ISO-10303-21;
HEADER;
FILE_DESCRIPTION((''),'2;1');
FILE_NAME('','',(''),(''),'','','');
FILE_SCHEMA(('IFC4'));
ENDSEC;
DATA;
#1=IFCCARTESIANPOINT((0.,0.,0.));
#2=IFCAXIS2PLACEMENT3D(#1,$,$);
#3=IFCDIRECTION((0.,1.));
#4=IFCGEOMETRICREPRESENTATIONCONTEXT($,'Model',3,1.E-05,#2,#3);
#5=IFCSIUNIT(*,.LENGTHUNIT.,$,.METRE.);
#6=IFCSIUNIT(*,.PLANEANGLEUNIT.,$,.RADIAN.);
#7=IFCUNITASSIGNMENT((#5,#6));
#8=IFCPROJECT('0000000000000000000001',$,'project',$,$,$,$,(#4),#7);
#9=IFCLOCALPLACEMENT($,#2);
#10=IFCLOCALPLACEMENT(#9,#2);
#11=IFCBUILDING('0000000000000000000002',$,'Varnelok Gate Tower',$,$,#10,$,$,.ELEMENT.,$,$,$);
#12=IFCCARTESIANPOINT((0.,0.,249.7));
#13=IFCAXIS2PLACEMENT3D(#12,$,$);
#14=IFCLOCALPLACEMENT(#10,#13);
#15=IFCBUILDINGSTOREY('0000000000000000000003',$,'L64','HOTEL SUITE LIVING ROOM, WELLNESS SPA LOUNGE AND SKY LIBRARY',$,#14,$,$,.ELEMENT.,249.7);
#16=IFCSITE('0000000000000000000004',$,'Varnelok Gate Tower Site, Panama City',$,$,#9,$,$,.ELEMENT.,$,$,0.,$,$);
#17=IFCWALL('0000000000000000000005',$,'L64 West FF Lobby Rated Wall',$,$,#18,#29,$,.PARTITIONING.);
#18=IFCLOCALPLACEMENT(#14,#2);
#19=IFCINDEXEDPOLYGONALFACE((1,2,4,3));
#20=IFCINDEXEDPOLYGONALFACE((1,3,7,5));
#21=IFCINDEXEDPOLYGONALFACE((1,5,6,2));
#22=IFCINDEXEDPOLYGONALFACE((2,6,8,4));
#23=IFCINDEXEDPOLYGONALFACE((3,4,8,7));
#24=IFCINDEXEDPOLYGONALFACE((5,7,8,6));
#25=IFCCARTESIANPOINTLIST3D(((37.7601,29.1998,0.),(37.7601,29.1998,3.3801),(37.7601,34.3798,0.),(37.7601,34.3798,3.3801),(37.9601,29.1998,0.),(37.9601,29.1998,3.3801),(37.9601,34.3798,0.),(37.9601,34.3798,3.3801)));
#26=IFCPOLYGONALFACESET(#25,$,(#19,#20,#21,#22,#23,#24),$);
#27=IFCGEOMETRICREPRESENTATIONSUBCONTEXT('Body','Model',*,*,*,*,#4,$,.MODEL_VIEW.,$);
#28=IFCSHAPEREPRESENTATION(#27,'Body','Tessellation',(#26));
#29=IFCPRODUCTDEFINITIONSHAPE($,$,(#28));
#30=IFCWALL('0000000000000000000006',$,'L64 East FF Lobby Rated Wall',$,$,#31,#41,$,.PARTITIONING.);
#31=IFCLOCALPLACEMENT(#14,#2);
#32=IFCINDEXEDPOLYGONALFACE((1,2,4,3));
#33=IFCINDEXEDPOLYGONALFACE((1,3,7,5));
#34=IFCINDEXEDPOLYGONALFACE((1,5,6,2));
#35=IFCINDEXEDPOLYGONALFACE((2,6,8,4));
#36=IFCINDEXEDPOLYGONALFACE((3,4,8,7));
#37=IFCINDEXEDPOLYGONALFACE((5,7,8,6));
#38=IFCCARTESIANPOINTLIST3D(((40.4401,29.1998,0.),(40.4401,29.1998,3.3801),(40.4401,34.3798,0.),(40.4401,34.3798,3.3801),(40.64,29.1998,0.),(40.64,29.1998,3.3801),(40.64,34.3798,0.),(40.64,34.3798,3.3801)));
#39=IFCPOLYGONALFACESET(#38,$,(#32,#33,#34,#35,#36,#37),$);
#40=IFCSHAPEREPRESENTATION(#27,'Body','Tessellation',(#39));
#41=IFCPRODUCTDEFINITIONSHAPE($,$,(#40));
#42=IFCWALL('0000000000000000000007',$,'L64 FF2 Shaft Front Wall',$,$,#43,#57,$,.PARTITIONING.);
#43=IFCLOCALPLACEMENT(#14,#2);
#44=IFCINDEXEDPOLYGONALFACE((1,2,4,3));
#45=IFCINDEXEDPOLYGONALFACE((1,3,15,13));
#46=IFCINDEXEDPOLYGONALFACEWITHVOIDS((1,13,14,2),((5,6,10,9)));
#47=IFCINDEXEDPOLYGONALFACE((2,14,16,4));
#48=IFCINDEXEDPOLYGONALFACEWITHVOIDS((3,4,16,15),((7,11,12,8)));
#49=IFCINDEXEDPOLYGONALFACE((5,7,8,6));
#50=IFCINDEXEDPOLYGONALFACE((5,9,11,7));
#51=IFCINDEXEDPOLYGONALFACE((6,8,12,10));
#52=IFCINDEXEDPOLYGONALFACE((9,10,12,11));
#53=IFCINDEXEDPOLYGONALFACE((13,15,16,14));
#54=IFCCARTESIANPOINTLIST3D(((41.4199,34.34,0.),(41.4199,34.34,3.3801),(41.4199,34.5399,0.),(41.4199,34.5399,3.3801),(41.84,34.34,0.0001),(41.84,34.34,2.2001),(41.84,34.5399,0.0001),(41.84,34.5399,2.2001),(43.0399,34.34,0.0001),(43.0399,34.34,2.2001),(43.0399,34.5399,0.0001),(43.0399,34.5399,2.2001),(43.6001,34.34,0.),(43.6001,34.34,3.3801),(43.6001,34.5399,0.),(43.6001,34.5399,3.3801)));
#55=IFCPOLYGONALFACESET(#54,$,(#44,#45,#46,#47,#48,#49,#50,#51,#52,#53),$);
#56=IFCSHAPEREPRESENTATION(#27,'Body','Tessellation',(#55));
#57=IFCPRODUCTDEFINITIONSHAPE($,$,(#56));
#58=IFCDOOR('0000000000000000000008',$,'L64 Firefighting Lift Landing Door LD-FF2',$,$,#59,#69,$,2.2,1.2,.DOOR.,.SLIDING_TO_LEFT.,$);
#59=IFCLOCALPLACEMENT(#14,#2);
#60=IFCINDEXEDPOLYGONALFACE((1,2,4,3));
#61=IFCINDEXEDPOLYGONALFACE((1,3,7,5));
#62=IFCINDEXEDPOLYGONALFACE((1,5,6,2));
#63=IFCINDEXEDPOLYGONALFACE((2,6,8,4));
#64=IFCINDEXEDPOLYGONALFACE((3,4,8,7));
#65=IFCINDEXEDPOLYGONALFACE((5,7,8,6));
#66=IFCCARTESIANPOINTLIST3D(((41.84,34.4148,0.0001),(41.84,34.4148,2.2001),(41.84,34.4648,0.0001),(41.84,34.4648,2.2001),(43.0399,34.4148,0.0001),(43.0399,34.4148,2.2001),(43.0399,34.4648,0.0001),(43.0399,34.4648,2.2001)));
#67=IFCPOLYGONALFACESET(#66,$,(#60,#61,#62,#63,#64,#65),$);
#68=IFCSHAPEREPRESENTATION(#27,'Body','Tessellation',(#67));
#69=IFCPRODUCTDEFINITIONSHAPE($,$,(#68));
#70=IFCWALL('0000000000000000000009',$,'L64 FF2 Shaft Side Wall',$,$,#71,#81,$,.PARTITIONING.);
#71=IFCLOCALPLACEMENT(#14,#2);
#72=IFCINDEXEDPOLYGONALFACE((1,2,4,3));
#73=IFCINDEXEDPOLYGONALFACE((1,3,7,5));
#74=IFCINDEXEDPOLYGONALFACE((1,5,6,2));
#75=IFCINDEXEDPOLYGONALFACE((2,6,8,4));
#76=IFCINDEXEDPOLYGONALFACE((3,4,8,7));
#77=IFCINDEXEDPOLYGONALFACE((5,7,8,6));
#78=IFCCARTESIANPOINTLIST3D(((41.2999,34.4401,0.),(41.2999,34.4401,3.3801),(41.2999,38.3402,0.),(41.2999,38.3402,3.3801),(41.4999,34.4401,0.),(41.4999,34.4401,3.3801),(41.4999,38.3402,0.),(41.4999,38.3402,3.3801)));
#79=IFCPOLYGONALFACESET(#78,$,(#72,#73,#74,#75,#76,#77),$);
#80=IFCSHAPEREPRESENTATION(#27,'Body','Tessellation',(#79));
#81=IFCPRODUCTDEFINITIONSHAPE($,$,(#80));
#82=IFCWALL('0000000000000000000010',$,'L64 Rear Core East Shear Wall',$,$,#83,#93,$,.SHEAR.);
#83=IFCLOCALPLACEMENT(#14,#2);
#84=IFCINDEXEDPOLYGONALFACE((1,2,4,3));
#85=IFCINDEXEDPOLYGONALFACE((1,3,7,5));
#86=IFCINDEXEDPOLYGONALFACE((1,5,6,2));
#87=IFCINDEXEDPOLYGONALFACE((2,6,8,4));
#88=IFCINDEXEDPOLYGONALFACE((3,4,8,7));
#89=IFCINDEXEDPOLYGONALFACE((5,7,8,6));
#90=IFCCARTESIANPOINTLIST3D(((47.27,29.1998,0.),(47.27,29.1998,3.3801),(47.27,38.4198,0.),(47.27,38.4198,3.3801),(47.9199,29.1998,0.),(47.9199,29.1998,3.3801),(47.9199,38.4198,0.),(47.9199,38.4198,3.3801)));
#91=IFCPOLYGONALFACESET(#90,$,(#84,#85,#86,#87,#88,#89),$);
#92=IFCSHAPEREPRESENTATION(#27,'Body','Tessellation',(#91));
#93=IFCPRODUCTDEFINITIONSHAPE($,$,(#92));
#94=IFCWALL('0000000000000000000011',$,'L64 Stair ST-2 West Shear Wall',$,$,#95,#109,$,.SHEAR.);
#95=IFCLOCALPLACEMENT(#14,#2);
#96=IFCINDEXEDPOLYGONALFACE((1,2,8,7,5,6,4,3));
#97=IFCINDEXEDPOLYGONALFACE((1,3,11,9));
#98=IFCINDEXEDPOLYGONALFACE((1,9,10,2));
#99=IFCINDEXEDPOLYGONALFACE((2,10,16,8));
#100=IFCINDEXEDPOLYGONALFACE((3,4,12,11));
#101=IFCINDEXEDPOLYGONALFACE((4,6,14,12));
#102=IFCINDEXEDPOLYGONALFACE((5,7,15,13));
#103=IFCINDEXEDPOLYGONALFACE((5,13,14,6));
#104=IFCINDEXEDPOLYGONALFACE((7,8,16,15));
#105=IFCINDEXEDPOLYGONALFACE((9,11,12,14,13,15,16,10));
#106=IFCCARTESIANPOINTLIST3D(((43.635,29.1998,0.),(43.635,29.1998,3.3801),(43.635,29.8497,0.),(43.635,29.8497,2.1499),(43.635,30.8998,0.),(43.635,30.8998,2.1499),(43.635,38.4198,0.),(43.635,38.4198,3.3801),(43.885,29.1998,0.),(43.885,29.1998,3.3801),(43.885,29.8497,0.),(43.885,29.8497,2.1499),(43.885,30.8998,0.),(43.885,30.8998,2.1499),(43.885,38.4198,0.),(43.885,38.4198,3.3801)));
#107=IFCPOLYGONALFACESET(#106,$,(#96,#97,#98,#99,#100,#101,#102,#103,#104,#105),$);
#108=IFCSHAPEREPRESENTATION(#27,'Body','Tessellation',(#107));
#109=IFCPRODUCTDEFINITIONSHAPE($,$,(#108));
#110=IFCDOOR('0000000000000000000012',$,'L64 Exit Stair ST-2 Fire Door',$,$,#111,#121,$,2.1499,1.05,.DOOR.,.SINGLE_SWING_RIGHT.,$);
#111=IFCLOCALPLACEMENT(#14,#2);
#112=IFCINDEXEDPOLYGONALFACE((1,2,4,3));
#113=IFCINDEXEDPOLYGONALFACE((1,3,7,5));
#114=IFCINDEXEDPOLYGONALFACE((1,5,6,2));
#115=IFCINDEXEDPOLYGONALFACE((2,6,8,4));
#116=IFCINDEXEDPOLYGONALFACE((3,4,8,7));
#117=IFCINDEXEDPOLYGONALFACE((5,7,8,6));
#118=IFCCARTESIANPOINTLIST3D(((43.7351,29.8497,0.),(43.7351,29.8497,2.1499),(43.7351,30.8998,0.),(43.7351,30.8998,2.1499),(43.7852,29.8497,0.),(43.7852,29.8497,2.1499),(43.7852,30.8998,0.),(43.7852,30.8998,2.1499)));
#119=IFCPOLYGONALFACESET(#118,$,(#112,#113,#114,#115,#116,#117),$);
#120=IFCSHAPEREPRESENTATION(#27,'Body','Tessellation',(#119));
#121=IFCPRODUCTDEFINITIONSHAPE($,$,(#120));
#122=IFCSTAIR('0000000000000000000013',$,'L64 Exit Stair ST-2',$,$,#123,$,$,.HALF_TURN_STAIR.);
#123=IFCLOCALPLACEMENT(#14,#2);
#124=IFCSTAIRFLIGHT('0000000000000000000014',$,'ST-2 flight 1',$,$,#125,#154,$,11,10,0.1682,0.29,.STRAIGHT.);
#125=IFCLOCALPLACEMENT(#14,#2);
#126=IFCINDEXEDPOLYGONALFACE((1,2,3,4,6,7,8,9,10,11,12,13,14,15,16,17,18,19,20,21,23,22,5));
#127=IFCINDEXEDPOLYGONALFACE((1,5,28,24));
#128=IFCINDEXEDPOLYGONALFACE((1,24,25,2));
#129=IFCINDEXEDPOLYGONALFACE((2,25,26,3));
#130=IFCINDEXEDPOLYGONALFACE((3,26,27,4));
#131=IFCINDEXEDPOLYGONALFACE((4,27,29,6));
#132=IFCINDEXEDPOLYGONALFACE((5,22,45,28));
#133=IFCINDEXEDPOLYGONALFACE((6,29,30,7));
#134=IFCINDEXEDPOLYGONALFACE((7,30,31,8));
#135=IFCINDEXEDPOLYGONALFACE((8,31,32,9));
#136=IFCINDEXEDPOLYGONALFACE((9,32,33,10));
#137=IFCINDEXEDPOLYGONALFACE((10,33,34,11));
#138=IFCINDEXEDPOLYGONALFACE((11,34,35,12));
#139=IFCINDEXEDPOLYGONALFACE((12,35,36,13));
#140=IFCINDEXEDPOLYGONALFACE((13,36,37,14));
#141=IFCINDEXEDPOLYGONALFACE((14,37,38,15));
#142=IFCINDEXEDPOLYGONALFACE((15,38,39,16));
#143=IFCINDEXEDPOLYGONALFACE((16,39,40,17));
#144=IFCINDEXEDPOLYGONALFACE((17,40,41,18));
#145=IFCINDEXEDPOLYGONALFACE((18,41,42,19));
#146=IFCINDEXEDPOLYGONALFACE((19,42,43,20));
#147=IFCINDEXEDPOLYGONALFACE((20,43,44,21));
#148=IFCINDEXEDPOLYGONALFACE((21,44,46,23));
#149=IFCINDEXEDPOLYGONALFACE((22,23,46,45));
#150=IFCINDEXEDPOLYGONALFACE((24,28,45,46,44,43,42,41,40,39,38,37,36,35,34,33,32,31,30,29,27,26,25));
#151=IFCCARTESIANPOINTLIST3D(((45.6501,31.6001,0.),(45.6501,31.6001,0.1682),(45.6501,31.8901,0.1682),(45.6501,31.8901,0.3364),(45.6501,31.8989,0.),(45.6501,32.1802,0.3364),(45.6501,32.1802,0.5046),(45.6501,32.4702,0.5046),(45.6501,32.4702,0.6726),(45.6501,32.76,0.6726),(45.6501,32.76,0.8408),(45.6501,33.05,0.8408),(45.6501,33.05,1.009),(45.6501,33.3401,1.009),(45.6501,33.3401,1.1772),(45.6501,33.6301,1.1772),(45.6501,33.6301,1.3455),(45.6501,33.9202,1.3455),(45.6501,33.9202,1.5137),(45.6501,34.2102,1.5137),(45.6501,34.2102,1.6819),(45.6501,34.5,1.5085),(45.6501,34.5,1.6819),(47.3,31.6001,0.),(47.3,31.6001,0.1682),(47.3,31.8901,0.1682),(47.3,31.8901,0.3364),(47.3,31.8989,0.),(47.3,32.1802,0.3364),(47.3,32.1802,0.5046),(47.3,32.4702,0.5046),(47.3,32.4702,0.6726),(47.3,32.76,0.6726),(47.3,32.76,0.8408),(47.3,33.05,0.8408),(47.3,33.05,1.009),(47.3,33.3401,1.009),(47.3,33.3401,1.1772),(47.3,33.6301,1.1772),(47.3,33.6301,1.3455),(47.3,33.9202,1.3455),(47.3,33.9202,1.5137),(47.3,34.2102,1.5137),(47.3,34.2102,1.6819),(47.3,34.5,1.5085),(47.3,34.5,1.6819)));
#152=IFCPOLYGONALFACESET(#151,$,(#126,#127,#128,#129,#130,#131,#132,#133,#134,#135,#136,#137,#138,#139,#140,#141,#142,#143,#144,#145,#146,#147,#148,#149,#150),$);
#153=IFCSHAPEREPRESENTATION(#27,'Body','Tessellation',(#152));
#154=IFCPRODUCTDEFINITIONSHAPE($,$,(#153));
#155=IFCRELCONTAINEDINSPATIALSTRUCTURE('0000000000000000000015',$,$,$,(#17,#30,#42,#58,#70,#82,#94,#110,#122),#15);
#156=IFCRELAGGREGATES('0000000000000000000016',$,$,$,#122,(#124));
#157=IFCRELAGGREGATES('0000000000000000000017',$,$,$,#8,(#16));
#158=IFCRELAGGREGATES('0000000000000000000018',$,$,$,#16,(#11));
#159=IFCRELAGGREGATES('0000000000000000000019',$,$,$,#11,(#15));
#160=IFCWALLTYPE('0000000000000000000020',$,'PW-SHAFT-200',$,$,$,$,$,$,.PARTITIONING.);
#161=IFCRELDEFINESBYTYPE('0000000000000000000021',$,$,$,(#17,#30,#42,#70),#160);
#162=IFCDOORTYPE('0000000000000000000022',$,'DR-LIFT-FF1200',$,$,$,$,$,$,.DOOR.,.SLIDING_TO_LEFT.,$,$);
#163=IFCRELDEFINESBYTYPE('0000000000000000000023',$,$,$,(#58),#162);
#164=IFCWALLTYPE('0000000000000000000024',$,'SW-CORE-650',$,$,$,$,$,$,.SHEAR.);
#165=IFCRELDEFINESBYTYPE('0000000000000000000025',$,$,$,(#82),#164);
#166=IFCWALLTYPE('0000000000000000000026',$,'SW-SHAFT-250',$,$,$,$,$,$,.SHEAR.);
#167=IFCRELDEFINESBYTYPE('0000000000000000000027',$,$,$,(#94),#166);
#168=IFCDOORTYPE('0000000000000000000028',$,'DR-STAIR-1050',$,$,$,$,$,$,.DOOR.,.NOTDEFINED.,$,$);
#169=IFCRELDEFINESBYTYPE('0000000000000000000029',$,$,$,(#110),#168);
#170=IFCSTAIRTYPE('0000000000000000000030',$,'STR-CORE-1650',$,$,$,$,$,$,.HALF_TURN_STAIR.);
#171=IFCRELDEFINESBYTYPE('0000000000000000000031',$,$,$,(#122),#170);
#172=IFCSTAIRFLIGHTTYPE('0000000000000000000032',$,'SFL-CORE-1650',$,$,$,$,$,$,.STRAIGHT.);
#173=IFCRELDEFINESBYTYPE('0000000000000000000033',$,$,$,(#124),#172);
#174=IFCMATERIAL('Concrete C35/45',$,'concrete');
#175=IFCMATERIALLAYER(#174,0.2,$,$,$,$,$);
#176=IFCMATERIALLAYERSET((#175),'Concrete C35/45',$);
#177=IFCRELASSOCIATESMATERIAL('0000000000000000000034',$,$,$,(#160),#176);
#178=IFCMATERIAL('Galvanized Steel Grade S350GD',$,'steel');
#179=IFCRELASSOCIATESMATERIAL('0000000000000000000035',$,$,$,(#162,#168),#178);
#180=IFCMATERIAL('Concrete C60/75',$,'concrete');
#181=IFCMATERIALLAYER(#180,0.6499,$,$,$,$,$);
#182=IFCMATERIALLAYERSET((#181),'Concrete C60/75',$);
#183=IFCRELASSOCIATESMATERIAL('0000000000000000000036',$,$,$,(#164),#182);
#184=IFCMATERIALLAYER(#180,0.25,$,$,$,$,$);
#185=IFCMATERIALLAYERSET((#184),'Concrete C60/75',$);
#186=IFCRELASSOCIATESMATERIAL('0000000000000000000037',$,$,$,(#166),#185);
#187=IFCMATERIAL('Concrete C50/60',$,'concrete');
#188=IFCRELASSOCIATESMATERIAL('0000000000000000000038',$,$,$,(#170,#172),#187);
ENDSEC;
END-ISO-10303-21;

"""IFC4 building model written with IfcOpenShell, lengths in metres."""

from ifc_helpers import new_model, si_unit, direction, frame, frame_2d, origin, place, context, subcontext, project, spatial, polyline, rectangle, outline, extrude, material, layer, layer_set, type_object, element, fill, aggregate, save


model = new_model("IFC4")

# Units and contexts
model_context = context("Model", 3, precision=1e-05, world=origin(), true_north=direction((0.0, 1.0)))
body_context = subcontext(model_context, "Body", "Model", "MODEL_VIEW")
ifc_project = project(units=[si_unit("LENGTHUNIT", "METRE"), si_unit("PLANEANGLEUNIT", "RADIAN")], contexts=[model_context])

# Site, building, storey
site_placement = place(None, origin())
site = spatial("IfcSite", under=ifc_project, at=site_placement, Name="Varnelok Gate Tower Site, Panama City", CompositionType="ELEMENT", RefElevation=0.0)
building_placement = place(site_placement, origin())
building = spatial("IfcBuilding", under=site, at=building_placement, Name="Varnelok Gate Tower", CompositionType="ELEMENT")
storey_placement = place(building_placement, frame((0.0, 0.0, 249.7)))
storey = spatial("IfcBuildingStorey", under=building, at=storey_placement, Name="L64", Description="HOTEL SUITE LIVING ROOM, WELLNESS SPA LOUNGE AND SKY LIBRARY", CompositionType="ELEMENT", Elevation=249.7)

# Shared definitions
ifc_material_1 = material(Name="Galvanized Steel Grade S350GD", Category="steel")

# Walls
ifc_material_2 = material(Name="Concrete C35/45", Category="concrete")
ifc_layer_1 = layer(ifc_material_2, 0.2)
ifc_layer_set_1 = layer_set([ifc_layer_1], Name="Concrete C35/45")
wall_type_1 = type_object("IfcWallType", Name="PW-SHAFT-200", PredefinedType="PARTITIONING", material=ifc_layer_set_1)
for number, where, z_axis, x_axis, name in (
    (1, (37.8601, 29.2, 0.0), (0.0, 0.0, 1.0), (0.0, 1.0, 0.0), "L64 West FF Lobby Rated Wall"),
    (2, (40.54, 29.2, 0.0), (0.0, 0.0, 1.0), (0.0, 1.0, 0.0), "L64 East FF Lobby Rated Wall"),
):
    element("IfcWall", number, at=place(storey_placement, frame(where, z_axis=z_axis, x_axis=x_axis)), inside=storey, type_object=wall_type_1, Name=name, PredefinedType="PARTITIONING", context=body_context, shape_type="SweptSolid", body=[
        extrude(rectangle(XDim=5.1799, YDim=0.2, at=frame_2d((2.5898, 0.0))), origin(), (0.0, 0.0, 1.0), 3.3801),
    ])

# Wall, opening, door
wall_1_placement = place(storey_placement, frame((41.4199, 34.4399, 0.0), z_axis=(0.0, 0.0, 1.0), x_axis=(1.0, 0.0, 0.0)))
wall_1 = element("IfcWall", 3, at=wall_1_placement, inside=storey, type_object=wall_type_1, Name="L64 FF2 Shaft Front Wall", PredefinedType="PARTITIONING", context=body_context, shape_type="SweptSolid", body=[
    extrude(rectangle(XDim=2.1802, YDim=0.2, at=frame_2d((1.0901, 0.0))), origin(), (0.0, 0.0, 1.0), 3.3801),
])
opening_1_placement = place(wall_1_placement, frame((0.4199, 0.0, 0.0)))
opening_1 = element("IfcOpeningElement", 4, at=opening_1_placement, cuts=wall_1, PredefinedType="OPENING", context=body_context, shape_type="SweptSolid", body=[
    extrude(rectangle(XDim=1.2, YDim=2.2, at=frame_2d((0.6001, 1.1001))), frame((0.0, 0.1099, 0.0), z_axis=(0.0, -1.0, 0.0), x_axis=(1.0, 0.0, 0.0)), (0.0, 0.0, 1.0), 0.22),
])
door_type_1 = type_object("IfcDoorType", Name="DR-LIFT-FF1200", OperationType="SLIDING_TO_LEFT", PredefinedType="DOOR", material=ifc_material_1)
door_1_placement = place(opening_1_placement, origin())
door_1 = element("IfcDoor", 5, at=door_1_placement, inside=storey, type_object=door_type_1, Name="L64 Firefighting Lift Landing Door LD-FF2", OperationType="SLIDING_TO_LEFT", OverallHeight=2.2, OverallWidth=1.2, PredefinedType="DOOR", context=body_context, shape_type="SweptSolid", body=[
    extrude(rectangle(XDim=1.2, YDim=2.2, at=frame_2d((0.6001, 1.1001))), frame((0.0, 0.0249, 0.0), z_axis=(0.0, -1.0, 0.0), x_axis=(1.0, 0.0, 0.0)), (0.0, 0.0, 1.0), 0.05),
])
fill(opening_1, door_1)

# Walls
wall_2_placement = place(storey_placement, frame((41.3999, 34.4399, 0.0), z_axis=(0.0, 0.0, 1.0), x_axis=(0.0, 1.0, 0.0)))
element("IfcWall", 6, at=wall_2_placement, inside=storey, type_object=wall_type_1, Name="L64 FF2 Shaft Side Wall", PredefinedType="PARTITIONING", context=body_context, shape_type="SweptSolid", body=[
    extrude(rectangle(XDim=3.9001, YDim=0.2, at=frame_2d((1.9502, 0.0))), origin(), (0.0, 0.0, 1.0), 3.3801),
])
ifc_material_3 = material(Name="Concrete C60/75", Category="concrete")
ifc_layer_2 = layer(ifc_material_3, 0.6499)
ifc_layer_set_2 = layer_set([ifc_layer_2], Name="Concrete C60/75")
wall_type_2 = type_object("IfcWallType", Name="SW-CORE-650", PredefinedType="SHEAR", material=ifc_layer_set_2)
wall_3_placement = place(storey_placement, frame((47.595, 29.2, 0.0), z_axis=(0.0, 0.0, 1.0), x_axis=(0.0, 1.0, 0.0)))
element("IfcWall", 7, at=wall_3_placement, inside=storey, type_object=wall_type_2, Name="L64 Rear Core East Shear Wall", PredefinedType="SHEAR", context=body_context, shape_type="SweptSolid", body=[
    extrude(rectangle(XDim=9.22, YDim=0.6499, at=frame_2d((4.6099, 0.0))), origin(), (0.0, 0.0, 1.0), 3.3801),
])

# Wall, opening, door
ifc_layer_3 = layer(ifc_material_3, 0.25)
ifc_layer_set_3 = layer_set([ifc_layer_3], Name="Concrete C60/75")
wall_type_3 = type_object("IfcWallType", Name="SW-SHAFT-250", PredefinedType="SHEAR", material=ifc_layer_set_3)
wall_4_placement = place(storey_placement, frame((43.76, 29.2, 0.0), z_axis=(0.0, 0.0, 1.0), x_axis=(0.0, 1.0, 0.0)))
wall_4 = element("IfcWall", 8, at=wall_4_placement, inside=storey, type_object=wall_type_3, Name="L64 Stair ST-2 West Shear Wall", PredefinedType="SHEAR", context=body_context, shape_type="SweptSolid", body=[
    extrude(rectangle(XDim=9.22, YDim=0.25, at=frame_2d((4.6099, 0.0))), origin(), (0.0, 0.0, 1.0), 3.3801),
])
opening_2_placement = place(wall_4_placement, frame((0.6499, 0.0, 0.0)))
opening_2 = element("IfcOpeningElement", 9, at=opening_2_placement, cuts=wall_4, PredefinedType="OPENING", context=body_context, shape_type="SweptSolid", body=[
    extrude(rectangle(XDim=1.05, YDim=2.1499, at=frame_2d((0.5249, 1.075))), frame((0.0, 0.135, 0.0), z_axis=(0.0, -1.0, 0.0), x_axis=(1.0, 0.0, 0.0)), (0.0, 0.0, 1.0), 0.27),
])
door_type_2 = type_object("IfcDoorType", Name="DR-STAIR-1050", OperationType="NOTDEFINED", PredefinedType="DOOR", material=ifc_material_1)
door_2_placement = place(opening_2_placement, origin())
door_2 = element("IfcDoor", 10, at=door_2_placement, inside=storey, type_object=door_type_2, Name="L64 Exit Stair ST-2 Fire Door", OperationType="SINGLE_SWING_RIGHT", OverallHeight=2.1499, OverallWidth=1.05, PredefinedType="DOOR", context=body_context, shape_type="SweptSolid", body=[
    extrude(rectangle(XDim=1.05, YDim=2.1499, at=frame_2d((0.5249, 1.075))), frame((0.0, 0.0249, 0.0), z_axis=(0.0, -1.0, 0.0), x_axis=(1.0, 0.0, 0.0)), (0.0, 0.0, 1.0), 0.05),
])
fill(opening_2, door_2)

# Stair, stair flight
ifc_material_4 = material(Name="Concrete C50/60", Category="concrete")
stair_type = type_object("IfcStairType", Name="STR-CORE-1650", PredefinedType="HALF_TURN_STAIR", material=ifc_material_4)
stair_placement = place(storey_placement, origin())
stair = element("IfcStair", 11, at=stair_placement, inside=storey, type_object=stair_type, Name="L64 Exit Stair ST-2", PredefinedType="HALF_TURN_STAIR")
stair_flight_type = type_object("IfcStairFlightType", Name="SFL-CORE-1650", PredefinedType="STRAIGHT", material=ifc_material_4)
stair_flight_1_placement = place(storey_placement, frame((46.4751, 31.6001, 0.0), z_axis=(0.0, 0.0, 1.0), x_axis=(0.0, 1.0, 0.0)))
stair_flight_1 = element("IfcStairFlight", 12, at=stair_flight_1_placement, type_object=stair_flight_type, Name="ST-2 flight 1", NumberOfRisers=11, NumberOfTreads=10, PredefinedType="STRAIGHT", RiserHeight=0.1682, TreadLength=0.29, context=body_context, shape_type="SweptSolid", body=[
    extrude(outline(polyline([(0.0, 0.0), (0.0, 0.1682), (0.29, 0.1682), (0.29, 0.3364), (0.5801, 0.3364), (0.5801, 0.5046), (0.8701, 0.5046), (0.8701, 0.6726), (1.1599, 0.6726), (1.1599, 0.8408), (1.45, 0.8408), (1.45, 1.009), (1.74, 1.009), (1.74, 1.1772), (2.03, 1.1772), (2.03, 1.3455), (2.3201, 1.3455), (2.3201, 1.5137), (2.6101, 1.5137), (2.6101, 1.6819), (2.8999, 1.6819), (2.8999, 1.8501), (2.8999, 1.5085), (0.2988, 0.0), (0.0, 0.0)])), frame((0.0, 0.825, 0.0), z_axis=(0.0, -1.0, 0.0), x_axis=(1.0, 0.0, 0.0)), (0.0, 0.0, 1.0), 1.6499),
])
aggregate(stair, [stair_flight_1])

save(model, "model.ifc")
